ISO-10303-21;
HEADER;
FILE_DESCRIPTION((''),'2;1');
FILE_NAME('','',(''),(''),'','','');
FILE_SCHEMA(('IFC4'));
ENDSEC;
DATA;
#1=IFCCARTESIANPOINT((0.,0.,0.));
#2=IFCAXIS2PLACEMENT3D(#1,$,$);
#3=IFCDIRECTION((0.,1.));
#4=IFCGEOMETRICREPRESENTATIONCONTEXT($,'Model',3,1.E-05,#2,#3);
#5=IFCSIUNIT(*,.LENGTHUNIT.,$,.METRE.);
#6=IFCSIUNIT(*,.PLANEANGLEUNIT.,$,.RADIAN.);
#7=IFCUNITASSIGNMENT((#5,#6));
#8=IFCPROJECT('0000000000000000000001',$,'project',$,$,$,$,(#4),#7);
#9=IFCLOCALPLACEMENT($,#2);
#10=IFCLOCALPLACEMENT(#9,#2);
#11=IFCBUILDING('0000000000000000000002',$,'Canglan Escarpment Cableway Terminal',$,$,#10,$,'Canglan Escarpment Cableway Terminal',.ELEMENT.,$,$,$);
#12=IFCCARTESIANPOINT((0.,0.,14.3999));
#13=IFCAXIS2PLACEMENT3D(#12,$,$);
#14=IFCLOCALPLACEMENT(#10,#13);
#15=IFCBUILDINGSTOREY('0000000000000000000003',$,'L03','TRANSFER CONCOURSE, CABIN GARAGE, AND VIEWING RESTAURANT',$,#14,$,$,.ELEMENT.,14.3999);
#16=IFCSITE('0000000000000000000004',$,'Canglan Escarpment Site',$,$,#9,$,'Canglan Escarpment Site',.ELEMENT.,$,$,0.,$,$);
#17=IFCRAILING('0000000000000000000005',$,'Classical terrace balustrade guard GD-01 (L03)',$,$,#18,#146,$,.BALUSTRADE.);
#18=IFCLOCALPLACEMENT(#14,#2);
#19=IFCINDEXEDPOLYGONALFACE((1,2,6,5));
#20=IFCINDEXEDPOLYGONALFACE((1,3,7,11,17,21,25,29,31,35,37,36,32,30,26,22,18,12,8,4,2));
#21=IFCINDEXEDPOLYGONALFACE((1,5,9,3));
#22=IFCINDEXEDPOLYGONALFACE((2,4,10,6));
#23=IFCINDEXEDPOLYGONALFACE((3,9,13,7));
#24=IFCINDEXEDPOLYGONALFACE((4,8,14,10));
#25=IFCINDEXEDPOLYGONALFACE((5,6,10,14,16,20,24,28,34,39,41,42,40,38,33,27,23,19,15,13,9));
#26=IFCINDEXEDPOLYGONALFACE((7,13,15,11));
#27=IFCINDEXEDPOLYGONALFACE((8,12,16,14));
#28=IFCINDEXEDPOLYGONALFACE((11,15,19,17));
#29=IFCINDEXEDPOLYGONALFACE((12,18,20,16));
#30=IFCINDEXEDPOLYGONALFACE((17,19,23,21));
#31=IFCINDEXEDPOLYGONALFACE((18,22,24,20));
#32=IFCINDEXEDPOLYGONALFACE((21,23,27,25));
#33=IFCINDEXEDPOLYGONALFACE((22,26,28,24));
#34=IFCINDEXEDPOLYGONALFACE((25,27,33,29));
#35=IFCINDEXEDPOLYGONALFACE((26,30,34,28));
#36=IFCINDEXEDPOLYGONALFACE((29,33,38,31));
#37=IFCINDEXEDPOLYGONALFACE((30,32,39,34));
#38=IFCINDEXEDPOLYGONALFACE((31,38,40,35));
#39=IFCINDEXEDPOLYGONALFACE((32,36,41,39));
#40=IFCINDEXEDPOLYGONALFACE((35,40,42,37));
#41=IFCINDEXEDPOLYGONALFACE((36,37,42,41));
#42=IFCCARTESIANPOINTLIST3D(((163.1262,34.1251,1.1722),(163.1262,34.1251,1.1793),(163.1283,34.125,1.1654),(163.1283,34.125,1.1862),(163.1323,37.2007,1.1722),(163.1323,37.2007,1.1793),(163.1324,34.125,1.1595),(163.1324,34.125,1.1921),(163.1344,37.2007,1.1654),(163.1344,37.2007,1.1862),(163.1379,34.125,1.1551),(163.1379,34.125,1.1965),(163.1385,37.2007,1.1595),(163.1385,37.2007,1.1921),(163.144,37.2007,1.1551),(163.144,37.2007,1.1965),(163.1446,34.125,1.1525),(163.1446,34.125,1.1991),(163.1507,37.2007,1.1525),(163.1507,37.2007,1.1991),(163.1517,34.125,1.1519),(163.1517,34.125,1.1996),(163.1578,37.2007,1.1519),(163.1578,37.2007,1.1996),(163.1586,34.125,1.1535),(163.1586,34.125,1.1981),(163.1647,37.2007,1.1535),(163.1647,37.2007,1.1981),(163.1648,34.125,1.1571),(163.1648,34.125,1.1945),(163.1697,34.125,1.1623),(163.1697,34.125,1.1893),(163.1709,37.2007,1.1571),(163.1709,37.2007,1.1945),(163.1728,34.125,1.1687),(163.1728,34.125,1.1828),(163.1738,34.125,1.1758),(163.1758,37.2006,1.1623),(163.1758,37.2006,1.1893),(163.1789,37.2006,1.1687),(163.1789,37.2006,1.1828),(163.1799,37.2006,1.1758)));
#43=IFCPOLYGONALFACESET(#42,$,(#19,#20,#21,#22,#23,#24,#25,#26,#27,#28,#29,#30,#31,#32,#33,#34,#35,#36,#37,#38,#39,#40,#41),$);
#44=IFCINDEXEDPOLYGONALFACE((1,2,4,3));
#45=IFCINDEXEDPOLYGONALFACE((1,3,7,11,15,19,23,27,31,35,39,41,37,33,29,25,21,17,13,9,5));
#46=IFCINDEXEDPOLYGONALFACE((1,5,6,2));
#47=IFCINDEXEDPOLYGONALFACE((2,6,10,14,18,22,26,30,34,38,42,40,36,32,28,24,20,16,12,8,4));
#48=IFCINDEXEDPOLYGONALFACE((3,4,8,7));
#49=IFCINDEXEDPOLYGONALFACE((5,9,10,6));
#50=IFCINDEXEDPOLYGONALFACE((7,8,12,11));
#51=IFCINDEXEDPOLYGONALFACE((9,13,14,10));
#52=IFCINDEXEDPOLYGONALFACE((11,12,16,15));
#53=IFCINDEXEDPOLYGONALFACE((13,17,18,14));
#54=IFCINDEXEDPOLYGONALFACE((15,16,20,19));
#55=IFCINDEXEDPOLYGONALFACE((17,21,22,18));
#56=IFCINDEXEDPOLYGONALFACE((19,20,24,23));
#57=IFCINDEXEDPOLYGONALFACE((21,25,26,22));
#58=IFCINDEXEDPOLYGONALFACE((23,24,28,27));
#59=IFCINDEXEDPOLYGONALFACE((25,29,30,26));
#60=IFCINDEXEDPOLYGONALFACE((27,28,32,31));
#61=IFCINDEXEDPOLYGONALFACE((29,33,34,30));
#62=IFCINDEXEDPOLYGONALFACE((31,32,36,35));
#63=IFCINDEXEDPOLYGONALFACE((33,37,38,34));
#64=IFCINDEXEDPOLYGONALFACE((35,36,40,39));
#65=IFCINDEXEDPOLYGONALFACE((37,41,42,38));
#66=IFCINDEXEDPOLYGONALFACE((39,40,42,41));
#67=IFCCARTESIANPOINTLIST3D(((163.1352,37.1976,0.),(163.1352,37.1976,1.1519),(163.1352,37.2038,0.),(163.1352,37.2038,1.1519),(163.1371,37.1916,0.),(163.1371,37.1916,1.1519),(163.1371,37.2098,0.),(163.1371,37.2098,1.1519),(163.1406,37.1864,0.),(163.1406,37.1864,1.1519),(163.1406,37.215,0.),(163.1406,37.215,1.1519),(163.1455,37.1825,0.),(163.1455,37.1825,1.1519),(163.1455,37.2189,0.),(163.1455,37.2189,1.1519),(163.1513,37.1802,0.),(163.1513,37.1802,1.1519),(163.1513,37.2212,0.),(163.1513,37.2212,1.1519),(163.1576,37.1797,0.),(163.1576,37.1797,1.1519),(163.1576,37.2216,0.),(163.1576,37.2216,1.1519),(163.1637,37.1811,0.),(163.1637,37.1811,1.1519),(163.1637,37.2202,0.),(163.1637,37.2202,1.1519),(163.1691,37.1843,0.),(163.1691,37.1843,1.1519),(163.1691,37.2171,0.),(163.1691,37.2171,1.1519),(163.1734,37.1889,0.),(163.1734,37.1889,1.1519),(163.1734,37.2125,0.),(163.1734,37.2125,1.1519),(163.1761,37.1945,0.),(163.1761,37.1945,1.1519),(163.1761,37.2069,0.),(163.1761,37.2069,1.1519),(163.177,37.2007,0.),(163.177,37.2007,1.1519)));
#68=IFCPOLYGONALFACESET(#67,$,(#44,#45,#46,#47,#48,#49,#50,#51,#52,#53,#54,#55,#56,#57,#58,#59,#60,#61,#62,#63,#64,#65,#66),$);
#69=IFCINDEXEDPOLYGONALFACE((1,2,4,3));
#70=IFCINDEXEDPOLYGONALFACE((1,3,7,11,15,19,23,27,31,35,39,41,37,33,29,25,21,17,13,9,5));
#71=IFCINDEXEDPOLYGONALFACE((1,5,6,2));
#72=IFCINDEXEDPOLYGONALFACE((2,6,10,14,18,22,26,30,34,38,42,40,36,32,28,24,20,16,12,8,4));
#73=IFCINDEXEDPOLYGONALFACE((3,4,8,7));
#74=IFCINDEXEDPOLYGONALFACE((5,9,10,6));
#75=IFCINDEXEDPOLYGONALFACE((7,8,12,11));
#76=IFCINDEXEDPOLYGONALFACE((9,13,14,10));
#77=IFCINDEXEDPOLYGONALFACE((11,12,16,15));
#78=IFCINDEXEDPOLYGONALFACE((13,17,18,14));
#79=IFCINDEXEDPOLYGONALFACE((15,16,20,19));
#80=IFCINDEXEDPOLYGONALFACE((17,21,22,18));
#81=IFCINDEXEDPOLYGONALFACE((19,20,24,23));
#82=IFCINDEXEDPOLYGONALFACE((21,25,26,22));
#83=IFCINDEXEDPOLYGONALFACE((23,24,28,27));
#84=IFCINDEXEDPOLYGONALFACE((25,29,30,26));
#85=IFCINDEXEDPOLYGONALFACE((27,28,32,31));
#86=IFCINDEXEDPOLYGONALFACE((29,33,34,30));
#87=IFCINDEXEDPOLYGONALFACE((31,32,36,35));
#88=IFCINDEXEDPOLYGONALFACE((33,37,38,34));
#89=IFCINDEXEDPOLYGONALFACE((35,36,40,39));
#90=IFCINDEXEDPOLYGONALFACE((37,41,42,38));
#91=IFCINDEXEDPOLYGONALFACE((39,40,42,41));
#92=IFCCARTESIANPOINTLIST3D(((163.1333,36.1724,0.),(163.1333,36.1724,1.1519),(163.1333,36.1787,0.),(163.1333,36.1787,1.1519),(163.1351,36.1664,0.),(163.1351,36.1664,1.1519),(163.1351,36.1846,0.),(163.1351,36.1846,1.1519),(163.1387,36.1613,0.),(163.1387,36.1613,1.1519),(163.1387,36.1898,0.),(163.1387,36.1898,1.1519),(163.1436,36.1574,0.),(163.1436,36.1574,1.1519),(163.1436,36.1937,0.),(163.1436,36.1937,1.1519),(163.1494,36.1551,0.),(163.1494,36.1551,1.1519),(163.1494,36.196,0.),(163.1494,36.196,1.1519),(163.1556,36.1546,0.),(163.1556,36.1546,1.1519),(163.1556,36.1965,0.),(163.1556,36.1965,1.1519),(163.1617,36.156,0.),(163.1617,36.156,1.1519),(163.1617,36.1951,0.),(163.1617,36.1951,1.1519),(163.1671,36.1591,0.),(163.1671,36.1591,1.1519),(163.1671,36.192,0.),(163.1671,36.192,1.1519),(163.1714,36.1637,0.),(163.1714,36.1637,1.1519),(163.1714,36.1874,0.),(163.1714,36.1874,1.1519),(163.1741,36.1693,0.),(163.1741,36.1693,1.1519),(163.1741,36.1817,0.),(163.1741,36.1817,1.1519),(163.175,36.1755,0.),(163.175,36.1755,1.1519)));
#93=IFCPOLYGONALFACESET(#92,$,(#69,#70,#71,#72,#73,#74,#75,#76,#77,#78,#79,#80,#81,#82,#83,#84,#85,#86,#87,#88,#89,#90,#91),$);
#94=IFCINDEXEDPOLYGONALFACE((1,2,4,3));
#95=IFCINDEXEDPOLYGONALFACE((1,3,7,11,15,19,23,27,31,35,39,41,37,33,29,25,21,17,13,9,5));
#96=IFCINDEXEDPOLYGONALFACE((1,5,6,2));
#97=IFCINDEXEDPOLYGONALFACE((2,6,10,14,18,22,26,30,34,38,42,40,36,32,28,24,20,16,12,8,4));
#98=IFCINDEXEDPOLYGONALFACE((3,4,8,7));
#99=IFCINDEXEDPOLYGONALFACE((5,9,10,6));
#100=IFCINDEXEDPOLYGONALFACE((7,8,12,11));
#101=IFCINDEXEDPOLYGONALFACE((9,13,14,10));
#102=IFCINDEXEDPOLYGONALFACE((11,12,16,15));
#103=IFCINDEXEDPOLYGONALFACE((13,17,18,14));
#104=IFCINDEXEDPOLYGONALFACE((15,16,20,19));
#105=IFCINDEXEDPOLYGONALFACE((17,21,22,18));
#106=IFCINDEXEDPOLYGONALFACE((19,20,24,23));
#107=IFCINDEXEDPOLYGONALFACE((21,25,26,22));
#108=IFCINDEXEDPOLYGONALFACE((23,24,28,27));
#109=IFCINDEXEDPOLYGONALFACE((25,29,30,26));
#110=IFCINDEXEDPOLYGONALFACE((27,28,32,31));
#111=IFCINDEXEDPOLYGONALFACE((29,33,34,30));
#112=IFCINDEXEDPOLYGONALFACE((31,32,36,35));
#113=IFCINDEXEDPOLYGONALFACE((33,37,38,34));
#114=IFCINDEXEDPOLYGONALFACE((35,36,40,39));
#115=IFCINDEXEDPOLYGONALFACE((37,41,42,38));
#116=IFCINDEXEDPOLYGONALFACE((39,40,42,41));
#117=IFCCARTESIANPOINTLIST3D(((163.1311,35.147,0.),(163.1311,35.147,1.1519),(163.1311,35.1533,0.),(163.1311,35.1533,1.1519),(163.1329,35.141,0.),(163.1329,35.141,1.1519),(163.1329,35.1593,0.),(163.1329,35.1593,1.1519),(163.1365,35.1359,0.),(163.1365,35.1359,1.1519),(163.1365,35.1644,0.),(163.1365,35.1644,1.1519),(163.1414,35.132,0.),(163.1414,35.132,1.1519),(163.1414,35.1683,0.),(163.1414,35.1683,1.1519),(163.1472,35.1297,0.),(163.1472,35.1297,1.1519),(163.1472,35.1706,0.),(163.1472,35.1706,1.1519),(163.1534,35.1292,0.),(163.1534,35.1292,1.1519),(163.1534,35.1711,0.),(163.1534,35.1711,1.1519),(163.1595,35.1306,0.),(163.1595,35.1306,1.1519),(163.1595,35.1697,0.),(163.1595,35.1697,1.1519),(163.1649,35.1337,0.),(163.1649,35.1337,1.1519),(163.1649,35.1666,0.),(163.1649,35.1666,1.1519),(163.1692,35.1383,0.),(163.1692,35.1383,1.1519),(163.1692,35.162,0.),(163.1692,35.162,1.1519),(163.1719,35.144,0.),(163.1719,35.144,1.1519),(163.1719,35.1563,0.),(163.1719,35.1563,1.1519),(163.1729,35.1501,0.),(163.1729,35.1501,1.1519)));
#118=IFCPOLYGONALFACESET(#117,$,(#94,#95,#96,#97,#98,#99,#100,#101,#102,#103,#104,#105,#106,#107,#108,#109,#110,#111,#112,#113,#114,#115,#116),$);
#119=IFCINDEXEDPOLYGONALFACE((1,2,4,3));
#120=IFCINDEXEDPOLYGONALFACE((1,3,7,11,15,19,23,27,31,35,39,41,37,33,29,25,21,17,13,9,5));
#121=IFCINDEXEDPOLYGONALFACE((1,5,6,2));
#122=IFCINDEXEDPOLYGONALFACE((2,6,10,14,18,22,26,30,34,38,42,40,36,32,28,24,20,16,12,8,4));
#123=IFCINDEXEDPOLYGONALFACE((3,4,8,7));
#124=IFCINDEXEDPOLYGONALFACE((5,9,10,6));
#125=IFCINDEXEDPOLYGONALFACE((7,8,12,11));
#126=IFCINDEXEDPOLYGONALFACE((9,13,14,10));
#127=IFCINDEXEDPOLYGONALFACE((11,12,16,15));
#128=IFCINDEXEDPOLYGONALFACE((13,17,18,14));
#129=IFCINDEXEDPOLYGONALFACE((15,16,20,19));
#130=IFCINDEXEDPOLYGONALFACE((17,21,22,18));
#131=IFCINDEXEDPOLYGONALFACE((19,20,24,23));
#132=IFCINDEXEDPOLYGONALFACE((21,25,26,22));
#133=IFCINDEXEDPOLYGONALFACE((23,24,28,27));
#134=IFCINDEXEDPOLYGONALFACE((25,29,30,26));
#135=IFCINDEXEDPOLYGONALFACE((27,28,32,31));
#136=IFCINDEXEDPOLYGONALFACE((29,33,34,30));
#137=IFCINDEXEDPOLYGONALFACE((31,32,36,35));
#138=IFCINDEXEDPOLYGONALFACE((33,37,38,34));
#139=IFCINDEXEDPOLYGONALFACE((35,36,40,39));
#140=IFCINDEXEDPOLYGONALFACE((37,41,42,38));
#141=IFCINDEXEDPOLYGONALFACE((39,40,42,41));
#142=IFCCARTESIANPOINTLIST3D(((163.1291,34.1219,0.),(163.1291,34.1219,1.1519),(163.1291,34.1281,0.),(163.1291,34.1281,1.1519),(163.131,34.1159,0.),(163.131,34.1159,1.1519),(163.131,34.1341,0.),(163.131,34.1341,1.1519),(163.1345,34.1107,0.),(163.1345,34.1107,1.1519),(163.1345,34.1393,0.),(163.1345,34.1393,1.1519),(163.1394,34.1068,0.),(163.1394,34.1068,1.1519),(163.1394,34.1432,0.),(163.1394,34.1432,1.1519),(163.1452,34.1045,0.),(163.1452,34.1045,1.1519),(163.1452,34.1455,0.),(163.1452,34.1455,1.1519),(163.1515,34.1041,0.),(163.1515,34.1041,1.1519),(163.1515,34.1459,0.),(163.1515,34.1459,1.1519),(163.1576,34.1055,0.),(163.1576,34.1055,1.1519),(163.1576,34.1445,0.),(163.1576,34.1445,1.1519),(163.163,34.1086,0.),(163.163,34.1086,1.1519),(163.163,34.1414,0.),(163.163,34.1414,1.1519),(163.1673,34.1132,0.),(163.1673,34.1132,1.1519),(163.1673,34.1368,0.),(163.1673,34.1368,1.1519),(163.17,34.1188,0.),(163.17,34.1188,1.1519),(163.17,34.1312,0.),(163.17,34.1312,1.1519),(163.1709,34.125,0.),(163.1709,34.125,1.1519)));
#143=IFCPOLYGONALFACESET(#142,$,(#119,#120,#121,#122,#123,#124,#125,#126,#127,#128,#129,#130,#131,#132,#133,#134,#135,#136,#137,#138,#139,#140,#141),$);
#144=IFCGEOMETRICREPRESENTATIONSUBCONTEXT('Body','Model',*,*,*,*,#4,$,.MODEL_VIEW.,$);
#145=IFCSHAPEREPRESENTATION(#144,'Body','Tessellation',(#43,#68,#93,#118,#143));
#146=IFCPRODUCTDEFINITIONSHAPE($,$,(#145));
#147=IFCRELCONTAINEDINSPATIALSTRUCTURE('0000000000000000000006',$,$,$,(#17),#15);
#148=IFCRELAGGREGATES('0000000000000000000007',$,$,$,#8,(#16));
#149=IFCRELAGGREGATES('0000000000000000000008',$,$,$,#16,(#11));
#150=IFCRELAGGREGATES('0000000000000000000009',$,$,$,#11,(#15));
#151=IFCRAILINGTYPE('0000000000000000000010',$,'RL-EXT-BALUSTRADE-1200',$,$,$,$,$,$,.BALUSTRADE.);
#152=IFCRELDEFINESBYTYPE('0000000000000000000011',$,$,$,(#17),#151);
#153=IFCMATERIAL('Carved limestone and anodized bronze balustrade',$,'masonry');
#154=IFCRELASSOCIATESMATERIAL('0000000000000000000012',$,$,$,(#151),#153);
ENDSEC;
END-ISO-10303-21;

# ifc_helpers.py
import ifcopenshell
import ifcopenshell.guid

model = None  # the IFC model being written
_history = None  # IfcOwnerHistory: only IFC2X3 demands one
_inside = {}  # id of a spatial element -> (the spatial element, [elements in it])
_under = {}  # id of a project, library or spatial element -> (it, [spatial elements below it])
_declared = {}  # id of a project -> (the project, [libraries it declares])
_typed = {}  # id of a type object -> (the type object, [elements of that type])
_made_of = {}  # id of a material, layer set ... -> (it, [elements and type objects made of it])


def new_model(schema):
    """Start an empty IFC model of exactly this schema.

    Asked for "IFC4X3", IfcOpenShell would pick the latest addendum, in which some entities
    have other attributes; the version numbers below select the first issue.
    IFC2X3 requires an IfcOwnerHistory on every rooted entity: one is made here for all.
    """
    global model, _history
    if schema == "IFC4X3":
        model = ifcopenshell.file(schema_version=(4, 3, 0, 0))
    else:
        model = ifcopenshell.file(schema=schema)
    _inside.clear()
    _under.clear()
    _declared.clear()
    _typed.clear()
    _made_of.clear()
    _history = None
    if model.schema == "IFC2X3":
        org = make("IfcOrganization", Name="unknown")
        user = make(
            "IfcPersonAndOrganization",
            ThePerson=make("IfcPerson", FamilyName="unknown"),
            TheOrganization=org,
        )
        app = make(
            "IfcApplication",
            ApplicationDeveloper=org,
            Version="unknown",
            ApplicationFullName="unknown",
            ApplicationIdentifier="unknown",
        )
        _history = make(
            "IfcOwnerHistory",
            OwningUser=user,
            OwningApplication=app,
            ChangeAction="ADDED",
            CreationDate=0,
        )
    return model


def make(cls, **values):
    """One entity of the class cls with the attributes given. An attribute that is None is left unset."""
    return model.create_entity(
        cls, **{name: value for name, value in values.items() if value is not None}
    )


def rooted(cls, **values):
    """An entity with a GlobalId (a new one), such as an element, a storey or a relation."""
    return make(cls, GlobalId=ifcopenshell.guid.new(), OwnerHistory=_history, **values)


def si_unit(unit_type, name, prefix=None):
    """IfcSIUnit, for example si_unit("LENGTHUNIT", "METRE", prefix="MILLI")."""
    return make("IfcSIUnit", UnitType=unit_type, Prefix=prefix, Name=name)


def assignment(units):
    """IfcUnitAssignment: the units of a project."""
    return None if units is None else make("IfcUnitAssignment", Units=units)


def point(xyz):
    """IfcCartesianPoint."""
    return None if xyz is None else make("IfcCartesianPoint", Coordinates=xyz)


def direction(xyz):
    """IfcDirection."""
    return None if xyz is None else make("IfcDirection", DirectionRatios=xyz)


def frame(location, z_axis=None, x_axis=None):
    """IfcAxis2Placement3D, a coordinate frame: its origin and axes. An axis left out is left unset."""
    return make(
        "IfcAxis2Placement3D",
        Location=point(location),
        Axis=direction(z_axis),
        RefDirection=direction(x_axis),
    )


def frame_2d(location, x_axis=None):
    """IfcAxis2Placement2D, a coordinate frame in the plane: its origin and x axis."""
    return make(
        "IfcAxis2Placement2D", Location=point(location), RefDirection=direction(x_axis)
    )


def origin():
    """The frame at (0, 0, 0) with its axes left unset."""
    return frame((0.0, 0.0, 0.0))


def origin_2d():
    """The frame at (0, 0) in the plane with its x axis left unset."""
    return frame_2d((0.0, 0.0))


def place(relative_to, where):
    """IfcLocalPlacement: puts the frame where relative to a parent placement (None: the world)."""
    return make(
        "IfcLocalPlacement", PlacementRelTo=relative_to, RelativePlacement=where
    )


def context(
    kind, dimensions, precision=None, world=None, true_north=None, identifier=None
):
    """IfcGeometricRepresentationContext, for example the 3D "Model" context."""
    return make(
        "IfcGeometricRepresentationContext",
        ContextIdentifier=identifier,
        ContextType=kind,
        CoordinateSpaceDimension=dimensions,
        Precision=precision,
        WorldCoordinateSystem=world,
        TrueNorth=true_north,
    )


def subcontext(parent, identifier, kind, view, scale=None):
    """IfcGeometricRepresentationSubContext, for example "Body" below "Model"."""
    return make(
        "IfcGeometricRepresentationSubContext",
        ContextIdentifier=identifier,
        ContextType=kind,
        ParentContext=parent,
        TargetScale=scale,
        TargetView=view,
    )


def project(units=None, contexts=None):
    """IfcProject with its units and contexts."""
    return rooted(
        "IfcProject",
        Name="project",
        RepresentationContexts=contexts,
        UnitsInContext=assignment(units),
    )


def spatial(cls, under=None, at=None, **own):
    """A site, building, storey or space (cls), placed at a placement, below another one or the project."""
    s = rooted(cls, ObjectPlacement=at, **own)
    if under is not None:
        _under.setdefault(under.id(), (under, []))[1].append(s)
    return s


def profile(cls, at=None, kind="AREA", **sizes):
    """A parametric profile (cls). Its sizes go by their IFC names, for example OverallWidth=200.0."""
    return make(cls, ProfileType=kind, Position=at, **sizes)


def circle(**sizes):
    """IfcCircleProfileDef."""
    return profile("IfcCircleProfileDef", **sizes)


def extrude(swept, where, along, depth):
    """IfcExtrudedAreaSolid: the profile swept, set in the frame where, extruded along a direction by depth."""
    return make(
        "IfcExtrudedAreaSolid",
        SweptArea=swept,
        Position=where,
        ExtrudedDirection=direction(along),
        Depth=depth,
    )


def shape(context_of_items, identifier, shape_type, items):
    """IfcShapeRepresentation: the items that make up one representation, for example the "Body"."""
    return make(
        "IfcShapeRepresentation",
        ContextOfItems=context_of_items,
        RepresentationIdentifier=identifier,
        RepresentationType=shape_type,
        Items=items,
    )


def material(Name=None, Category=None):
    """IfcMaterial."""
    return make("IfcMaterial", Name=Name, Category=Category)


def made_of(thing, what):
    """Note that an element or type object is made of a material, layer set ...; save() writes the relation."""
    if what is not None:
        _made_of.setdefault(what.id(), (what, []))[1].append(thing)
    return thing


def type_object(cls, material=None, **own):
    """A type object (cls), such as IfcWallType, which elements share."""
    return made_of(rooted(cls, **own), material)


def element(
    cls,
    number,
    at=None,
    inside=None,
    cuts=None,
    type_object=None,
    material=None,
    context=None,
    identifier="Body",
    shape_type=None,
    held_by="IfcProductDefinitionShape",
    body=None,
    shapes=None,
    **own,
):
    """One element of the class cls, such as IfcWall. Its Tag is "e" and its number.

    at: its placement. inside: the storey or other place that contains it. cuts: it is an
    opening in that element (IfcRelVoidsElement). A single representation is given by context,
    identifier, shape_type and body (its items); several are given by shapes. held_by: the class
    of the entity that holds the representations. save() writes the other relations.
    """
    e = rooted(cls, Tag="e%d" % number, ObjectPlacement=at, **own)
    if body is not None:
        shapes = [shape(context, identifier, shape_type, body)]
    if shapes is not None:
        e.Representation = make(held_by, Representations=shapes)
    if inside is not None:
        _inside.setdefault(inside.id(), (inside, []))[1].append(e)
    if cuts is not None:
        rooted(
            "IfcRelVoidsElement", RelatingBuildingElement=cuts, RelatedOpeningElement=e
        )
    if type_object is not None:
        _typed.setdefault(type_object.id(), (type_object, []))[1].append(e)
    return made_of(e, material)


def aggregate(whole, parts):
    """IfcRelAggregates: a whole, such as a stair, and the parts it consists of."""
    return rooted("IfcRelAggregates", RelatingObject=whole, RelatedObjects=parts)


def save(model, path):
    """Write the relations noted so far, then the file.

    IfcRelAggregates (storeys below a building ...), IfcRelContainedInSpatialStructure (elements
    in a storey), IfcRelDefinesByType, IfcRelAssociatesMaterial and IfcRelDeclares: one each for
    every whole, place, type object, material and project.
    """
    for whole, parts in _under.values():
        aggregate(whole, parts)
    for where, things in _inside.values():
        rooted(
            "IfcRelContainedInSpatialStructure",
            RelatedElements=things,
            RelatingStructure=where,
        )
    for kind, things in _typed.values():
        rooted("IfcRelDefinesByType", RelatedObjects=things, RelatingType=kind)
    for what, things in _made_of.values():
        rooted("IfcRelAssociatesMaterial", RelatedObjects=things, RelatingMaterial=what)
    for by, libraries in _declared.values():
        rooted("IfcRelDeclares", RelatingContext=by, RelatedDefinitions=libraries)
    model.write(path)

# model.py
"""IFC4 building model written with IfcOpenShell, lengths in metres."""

from ifc_helpers import new_model, si_unit, direction, frame, origin, origin_2d, place, context, subcontext, project, spatial, circle, extrude, material, type_object, element, save


model = new_model("IFC4")

# Units and contexts
model_context = context("Model", 3, precision=1e-05, world=origin(), true_north=direction((0.0, 1.0)))
body_context = subcontext(model_context, "Body", "Model", "MODEL_VIEW")
ifc_project = project(units=[si_unit("LENGTHUNIT", "METRE"), si_unit("PLANEANGLEUNIT", "RADIAN")], contexts=[model_context])

# Site, building, storey
site_placement = place(None, origin())
site = spatial("IfcSite", under=ifc_project, at=site_placement, Name="Canglan Escarpment Site", LongName="Canglan Escarpment Site", CompositionType="ELEMENT", RefElevation=0.0)
building_placement = place(site_placement, origin())
building = spatial("IfcBuilding", under=site, at=building_placement, Name="Canglan Escarpment Cableway Terminal", LongName="Canglan Escarpment Cableway Terminal", CompositionType="ELEMENT")
storey_placement = place(building_placement, frame((0.0, 0.0, 14.3999)))
storey = spatial("IfcBuildingStorey", under=building, at=storey_placement, Name="L03", Description="TRANSFER CONCOURSE, CABIN GARAGE, AND VIEWING RESTAURANT", CompositionType="ELEMENT", Elevation=14.3999)

# Railing
ifc_material_1 = material(Name="Carved limestone and anodized bronze balustrade", Category="masonry")
railing_type_1 = type_object("IfcRailingType", Name="RL-EXT-BALUSTRADE-1200", PredefinedType="BALUSTRADE", material=ifc_material_1)
railing_1_placement = place(storey_placement, frame((163.156, 37.2007, 0.0)))
element("IfcRailing", 1, at=railing_1_placement, inside=storey, type_object=railing_type_1, Name="Classical terrace balustrade guard GD-01 (L03)", PredefinedType="BALUSTRADE", context=body_context, shape_type="SweptSolid", body=[
    extrude(circle(Radius=0.0239, at=origin_2d()), frame((0.0, 0.0, 1.1758), z_axis=(-0.001984, -0.999998, 0.0), x_axis=(0.999998, -0.001984, 0.0)), (0.0, 0.0, 1.0), 3.0757),
    extrude(circle(Radius=0.021, at=origin_2d()), origin(), (0.0, 0.0, 1.0), 1.1519),
    extrude(circle(Radius=0.021, at=origin_2d()), frame((-0.002, -1.0251, 0.0)), (0.0, 0.0, 1.0), 1.1519),
    extrude(circle(Radius=0.021, at=origin_2d()), frame((-0.0042, -2.0505, 0.0)), (0.0, 0.0, 1.0), 1.1519),
    extrude(circle(Radius=0.021, at=origin_2d()), frame((-0.0061, -3.0757, 0.0)), (0.0, 0.0, 1.0), 1.1519),
])

save(model, "model.ifc")
